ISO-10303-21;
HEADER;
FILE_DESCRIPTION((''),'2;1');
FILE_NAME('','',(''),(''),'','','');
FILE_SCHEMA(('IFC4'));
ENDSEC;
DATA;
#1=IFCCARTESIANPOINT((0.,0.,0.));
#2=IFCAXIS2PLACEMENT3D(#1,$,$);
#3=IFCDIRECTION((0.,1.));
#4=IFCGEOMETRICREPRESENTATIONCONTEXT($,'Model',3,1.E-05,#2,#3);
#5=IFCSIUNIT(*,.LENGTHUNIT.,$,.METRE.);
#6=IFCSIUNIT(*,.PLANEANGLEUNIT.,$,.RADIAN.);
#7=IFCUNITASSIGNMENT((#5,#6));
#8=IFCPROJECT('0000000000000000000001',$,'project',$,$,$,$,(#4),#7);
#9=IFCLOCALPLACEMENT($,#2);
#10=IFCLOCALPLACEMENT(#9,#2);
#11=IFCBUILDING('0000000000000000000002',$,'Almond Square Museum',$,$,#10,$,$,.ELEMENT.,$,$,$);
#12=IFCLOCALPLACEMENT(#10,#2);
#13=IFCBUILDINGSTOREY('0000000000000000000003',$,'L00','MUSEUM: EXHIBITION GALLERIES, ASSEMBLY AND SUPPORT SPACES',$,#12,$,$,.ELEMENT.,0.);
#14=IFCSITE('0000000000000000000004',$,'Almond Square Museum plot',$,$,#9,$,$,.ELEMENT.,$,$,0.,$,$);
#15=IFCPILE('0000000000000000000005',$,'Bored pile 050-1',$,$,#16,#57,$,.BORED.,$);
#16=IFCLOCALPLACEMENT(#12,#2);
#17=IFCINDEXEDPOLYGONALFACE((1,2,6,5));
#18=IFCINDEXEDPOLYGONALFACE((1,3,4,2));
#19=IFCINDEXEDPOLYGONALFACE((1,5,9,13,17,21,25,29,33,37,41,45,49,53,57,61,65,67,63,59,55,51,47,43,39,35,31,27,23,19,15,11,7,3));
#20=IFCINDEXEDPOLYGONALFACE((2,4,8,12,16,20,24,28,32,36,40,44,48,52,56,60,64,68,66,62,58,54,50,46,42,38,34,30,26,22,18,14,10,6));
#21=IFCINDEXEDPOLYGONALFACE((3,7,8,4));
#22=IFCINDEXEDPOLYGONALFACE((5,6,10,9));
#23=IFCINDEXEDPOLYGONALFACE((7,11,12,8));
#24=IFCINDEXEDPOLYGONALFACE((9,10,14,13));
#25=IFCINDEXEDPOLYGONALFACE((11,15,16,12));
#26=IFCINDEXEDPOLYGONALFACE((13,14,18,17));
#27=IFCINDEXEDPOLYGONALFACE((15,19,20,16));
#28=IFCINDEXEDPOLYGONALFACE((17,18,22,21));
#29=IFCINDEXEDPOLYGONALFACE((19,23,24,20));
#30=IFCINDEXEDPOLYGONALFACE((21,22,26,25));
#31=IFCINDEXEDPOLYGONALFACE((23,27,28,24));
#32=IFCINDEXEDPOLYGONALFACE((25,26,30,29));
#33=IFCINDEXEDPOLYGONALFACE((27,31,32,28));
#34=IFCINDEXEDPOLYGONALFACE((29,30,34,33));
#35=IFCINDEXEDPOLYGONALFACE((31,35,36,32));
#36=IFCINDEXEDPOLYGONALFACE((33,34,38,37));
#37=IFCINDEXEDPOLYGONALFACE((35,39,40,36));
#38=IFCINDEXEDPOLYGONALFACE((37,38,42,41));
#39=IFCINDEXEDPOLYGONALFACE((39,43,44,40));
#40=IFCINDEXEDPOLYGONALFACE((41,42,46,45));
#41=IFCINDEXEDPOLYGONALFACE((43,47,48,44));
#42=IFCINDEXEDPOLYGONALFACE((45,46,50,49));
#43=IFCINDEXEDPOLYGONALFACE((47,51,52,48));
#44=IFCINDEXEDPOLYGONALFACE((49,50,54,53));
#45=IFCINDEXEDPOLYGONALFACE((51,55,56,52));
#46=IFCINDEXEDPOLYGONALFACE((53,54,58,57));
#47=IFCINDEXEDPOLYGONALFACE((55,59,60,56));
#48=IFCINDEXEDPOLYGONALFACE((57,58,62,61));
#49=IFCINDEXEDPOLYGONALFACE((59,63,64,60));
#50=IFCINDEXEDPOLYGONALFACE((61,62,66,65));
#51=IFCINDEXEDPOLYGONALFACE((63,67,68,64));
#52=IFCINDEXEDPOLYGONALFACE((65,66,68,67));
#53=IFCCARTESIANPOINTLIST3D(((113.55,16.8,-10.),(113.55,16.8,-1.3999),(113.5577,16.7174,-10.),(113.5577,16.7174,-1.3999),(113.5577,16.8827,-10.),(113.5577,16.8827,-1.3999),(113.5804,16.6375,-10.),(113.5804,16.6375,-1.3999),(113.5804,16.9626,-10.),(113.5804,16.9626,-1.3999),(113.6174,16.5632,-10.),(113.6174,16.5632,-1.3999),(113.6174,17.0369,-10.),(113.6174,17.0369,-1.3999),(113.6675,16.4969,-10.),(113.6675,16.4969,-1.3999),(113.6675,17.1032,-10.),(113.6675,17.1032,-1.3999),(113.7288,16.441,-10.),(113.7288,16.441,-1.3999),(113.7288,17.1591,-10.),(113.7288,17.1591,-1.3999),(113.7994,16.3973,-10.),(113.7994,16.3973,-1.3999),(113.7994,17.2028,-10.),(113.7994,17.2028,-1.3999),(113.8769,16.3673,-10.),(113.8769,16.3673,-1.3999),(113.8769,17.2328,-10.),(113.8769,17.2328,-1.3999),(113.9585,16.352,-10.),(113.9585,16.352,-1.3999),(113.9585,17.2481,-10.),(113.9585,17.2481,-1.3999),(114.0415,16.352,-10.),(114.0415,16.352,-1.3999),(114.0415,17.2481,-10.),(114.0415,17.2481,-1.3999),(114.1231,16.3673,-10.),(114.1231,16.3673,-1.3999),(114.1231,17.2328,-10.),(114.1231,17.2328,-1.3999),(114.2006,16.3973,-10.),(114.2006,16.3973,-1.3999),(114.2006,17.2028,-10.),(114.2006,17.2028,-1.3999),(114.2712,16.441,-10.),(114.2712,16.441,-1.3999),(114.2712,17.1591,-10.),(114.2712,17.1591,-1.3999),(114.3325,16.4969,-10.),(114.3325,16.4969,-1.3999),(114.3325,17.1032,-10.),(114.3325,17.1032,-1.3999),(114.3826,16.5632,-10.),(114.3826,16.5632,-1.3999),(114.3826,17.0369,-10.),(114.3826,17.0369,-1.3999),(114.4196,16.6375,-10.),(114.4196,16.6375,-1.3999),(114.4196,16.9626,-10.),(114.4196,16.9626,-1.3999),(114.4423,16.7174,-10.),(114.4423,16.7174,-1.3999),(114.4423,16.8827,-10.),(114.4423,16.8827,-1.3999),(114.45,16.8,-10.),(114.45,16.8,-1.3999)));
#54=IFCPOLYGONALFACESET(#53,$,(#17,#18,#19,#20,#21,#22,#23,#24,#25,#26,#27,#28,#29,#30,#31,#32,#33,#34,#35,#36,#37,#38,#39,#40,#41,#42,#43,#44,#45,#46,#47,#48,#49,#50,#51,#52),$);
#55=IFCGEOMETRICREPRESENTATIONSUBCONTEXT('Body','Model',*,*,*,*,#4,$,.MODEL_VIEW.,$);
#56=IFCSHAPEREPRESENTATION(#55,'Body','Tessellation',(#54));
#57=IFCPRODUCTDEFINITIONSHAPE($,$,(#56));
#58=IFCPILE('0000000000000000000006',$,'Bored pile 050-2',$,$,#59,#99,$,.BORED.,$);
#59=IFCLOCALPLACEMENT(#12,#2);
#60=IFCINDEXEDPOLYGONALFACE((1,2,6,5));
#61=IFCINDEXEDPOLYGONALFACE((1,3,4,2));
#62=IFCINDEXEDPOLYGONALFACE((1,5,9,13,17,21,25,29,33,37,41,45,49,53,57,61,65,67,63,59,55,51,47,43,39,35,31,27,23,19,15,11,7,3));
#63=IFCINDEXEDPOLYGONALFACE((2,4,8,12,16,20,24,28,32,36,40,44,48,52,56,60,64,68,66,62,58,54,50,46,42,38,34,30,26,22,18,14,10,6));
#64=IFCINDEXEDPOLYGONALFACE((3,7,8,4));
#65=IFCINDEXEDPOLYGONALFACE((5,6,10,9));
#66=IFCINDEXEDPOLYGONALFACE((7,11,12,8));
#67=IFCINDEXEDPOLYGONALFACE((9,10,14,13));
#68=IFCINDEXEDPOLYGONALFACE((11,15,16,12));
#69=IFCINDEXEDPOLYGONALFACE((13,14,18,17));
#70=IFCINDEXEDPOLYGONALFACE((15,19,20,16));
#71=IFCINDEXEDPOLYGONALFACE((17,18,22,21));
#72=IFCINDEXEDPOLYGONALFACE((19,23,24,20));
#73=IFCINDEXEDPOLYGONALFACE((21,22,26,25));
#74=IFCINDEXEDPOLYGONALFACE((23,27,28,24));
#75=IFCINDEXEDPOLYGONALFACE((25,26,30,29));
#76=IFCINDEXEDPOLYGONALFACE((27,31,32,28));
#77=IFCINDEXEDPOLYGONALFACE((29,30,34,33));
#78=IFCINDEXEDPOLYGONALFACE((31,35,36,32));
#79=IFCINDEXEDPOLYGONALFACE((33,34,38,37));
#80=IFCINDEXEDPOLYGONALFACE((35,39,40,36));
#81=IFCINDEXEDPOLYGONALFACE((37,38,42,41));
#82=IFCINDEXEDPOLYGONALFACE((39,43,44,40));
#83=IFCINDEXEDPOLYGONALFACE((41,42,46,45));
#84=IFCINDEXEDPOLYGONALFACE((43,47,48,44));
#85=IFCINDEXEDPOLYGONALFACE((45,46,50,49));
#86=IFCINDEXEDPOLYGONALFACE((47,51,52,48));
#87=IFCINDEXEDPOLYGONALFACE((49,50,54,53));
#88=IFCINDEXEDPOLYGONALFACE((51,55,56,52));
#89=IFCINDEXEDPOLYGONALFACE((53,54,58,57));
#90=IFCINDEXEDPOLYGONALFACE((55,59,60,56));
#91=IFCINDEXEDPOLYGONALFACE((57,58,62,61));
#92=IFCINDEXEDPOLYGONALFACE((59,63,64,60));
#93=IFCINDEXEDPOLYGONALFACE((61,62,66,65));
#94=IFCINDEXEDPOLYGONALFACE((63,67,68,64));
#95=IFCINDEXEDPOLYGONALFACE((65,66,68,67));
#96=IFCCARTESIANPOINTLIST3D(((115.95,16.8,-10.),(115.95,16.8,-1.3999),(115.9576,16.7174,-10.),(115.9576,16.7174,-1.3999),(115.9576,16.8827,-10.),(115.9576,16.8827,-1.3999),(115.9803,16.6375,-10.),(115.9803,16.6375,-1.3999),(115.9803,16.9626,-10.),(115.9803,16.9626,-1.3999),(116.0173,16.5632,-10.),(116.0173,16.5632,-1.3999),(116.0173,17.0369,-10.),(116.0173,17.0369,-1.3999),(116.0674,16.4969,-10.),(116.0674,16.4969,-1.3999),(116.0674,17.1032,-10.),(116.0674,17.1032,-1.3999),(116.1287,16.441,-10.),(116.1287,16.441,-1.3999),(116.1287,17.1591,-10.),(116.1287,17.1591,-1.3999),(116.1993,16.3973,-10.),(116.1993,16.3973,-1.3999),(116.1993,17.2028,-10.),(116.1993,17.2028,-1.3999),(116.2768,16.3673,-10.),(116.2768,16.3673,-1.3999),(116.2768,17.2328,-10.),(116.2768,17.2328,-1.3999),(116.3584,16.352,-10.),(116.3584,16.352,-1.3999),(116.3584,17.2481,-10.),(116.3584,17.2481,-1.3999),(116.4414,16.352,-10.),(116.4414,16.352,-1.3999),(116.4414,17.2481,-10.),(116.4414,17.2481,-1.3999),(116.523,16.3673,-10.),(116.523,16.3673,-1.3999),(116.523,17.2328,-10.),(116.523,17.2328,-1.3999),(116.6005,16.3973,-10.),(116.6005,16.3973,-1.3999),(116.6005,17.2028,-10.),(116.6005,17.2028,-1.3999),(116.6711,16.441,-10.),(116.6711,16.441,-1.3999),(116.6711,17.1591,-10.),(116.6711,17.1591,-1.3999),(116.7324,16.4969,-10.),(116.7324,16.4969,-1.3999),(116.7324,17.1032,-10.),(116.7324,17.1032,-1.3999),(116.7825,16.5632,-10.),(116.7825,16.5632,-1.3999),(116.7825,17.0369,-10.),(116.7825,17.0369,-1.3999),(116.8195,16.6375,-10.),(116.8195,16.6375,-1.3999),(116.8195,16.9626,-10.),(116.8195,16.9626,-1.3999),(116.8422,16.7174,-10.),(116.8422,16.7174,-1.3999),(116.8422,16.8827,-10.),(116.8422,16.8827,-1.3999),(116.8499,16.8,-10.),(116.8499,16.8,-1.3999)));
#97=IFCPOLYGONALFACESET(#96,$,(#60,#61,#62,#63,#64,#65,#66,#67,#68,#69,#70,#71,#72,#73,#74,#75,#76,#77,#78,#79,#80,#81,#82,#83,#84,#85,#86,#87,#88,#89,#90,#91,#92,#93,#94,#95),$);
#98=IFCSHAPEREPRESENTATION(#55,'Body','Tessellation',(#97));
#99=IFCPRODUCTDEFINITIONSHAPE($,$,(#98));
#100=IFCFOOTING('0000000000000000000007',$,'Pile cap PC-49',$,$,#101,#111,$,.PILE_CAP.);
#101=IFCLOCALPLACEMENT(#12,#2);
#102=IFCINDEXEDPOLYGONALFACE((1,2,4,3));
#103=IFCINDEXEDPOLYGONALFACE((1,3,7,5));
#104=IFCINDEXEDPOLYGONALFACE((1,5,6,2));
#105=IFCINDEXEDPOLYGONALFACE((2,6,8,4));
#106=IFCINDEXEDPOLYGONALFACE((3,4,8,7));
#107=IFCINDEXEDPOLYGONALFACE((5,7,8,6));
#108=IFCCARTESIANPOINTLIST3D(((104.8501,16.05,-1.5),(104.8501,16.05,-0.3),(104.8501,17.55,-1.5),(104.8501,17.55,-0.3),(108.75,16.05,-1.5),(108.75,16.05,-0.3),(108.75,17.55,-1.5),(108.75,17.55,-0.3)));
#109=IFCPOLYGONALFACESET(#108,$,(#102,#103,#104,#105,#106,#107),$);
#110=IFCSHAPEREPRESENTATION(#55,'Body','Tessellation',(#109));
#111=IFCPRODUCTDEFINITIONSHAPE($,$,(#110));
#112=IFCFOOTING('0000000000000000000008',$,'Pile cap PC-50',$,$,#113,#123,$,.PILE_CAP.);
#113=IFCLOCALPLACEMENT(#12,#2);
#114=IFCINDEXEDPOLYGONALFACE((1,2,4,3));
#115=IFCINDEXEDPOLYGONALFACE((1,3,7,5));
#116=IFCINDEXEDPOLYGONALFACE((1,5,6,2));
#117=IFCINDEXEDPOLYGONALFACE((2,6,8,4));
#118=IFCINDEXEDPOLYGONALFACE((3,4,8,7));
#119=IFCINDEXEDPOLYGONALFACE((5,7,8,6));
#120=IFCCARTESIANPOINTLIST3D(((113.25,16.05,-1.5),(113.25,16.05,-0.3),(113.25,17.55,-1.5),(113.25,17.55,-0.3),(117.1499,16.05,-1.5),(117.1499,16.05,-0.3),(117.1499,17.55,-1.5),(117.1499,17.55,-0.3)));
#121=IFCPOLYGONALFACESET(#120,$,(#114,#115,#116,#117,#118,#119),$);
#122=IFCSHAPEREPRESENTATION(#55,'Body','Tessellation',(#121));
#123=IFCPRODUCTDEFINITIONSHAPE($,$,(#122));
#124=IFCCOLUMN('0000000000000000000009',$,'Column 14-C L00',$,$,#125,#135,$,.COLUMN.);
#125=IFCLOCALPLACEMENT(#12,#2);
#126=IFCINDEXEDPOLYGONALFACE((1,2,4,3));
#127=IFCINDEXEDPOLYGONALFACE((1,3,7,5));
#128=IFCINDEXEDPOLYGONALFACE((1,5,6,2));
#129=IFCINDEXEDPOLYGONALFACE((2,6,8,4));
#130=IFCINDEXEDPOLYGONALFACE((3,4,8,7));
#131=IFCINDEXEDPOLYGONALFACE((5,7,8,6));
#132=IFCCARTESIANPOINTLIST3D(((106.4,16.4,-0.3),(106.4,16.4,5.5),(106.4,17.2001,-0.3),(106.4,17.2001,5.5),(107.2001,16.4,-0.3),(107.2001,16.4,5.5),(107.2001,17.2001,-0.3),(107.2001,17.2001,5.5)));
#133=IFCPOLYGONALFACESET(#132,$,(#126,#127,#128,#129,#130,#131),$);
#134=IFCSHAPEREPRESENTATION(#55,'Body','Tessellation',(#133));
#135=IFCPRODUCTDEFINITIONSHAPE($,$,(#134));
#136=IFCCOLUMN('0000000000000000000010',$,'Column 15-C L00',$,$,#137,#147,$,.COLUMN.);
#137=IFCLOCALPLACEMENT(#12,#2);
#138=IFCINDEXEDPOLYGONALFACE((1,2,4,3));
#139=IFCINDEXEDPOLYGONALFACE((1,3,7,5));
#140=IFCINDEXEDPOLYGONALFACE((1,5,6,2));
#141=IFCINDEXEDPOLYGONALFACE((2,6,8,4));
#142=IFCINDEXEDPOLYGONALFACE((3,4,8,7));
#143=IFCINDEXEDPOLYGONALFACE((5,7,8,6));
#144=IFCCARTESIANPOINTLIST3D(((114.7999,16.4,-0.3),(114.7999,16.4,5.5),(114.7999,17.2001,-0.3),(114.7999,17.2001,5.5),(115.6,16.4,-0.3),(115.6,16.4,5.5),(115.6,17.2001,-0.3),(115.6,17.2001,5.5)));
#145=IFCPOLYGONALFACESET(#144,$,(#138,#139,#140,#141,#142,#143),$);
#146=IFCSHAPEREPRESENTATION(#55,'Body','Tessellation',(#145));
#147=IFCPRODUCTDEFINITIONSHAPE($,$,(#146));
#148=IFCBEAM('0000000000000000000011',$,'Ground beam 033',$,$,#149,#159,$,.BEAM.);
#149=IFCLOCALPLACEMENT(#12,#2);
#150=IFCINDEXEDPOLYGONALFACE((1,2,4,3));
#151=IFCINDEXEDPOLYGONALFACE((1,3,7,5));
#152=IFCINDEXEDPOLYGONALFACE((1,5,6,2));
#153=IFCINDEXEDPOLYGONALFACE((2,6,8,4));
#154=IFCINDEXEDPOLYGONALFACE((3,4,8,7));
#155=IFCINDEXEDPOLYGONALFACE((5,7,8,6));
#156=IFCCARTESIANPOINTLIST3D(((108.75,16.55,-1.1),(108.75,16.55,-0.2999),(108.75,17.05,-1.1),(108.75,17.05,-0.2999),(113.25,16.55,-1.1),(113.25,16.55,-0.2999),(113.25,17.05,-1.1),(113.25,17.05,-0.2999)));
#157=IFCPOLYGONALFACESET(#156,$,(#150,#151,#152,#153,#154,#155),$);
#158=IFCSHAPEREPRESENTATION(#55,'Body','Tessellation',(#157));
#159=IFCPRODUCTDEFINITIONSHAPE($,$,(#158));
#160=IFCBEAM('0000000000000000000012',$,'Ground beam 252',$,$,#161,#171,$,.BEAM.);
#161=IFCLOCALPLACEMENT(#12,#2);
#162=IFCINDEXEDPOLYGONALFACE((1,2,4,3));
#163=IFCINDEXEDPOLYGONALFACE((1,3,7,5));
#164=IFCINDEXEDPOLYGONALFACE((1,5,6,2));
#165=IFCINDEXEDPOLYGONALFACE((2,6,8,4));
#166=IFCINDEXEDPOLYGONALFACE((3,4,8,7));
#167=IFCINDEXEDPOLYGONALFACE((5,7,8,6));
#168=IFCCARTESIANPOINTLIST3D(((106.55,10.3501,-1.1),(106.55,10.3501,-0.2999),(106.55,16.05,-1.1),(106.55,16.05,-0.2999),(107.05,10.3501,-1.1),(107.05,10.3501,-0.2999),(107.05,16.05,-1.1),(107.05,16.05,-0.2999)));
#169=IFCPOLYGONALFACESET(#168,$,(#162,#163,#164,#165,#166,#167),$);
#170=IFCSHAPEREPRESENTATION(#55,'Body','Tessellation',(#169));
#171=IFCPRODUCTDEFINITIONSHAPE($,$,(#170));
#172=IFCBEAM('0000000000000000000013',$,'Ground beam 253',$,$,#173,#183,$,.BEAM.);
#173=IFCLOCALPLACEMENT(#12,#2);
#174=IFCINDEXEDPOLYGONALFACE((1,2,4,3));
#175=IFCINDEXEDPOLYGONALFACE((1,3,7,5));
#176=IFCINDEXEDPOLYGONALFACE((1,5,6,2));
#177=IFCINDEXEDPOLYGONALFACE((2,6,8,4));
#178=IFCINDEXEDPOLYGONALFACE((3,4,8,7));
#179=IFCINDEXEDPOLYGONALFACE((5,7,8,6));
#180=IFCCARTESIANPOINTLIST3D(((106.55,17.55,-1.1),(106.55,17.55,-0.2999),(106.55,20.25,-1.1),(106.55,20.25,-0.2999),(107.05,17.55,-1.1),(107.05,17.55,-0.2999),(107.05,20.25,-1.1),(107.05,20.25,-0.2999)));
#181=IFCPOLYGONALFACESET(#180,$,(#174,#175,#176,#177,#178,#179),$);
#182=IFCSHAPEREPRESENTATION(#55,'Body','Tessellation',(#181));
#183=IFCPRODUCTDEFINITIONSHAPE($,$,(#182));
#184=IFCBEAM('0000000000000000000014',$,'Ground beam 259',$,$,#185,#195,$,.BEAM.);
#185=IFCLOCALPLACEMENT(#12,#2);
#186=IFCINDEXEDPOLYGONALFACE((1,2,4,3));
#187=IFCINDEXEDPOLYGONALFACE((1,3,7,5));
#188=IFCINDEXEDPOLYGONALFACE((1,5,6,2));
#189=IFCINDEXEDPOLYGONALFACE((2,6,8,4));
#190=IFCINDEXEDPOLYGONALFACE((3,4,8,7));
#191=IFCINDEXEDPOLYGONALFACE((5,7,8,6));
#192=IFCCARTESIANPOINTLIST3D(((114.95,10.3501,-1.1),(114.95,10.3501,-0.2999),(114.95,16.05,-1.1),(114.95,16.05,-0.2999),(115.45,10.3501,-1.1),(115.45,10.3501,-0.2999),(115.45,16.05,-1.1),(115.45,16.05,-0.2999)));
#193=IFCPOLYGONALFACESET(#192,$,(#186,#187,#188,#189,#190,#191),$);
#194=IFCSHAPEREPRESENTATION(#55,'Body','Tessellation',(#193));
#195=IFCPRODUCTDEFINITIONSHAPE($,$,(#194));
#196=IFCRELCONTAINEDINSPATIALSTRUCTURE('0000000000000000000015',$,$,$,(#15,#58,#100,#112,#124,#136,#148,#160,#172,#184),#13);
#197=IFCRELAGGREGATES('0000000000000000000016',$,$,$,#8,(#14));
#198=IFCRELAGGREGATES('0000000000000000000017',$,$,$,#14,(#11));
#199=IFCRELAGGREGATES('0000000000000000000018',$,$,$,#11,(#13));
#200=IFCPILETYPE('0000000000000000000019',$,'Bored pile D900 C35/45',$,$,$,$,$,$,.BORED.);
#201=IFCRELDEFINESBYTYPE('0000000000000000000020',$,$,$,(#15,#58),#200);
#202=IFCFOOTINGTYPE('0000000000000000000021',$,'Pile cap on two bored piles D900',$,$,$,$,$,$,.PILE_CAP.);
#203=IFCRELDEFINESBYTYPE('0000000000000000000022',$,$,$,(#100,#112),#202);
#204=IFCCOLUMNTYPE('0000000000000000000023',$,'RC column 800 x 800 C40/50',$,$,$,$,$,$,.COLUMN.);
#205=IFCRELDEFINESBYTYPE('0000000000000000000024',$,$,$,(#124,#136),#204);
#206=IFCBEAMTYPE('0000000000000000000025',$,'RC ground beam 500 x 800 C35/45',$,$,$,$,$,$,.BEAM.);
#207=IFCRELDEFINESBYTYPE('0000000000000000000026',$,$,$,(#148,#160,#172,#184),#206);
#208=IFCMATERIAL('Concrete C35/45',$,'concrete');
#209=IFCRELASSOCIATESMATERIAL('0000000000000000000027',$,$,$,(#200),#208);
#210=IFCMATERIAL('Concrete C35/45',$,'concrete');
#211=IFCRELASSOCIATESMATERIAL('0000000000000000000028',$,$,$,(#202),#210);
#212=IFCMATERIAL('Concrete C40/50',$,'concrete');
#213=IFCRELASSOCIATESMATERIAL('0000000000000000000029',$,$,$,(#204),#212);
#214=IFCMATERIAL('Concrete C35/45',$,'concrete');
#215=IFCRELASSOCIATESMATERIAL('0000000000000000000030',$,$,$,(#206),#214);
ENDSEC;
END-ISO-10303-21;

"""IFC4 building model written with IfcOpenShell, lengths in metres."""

from ifc_helpers import new_model, si_unit, direction, frame, origin, origin_2d, place, context, subcontext, project, spatial, rectangle, circle, extrude, material, material_profile, profile_set, type_object, element, save


model = new_model("IFC4")

# Units and contexts
model_context = context("Model", 3, precision=1e-05, world=origin(), true_north=direction((0.0, 1.0)))
body_context = subcontext(model_context, "Body", "Model", "MODEL_VIEW")
ifc_project = project(units=[si_unit("LENGTHUNIT", "METRE"), si_unit("PLANEANGLEUNIT", "RADIAN")], contexts=[model_context])

# Site, building, storey
site_placement = place(None, origin())
site = spatial("IfcSite", under=ifc_project, at=site_placement, Name="Almond Square Museum plot", CompositionType="ELEMENT", RefElevation=0.0)
building_placement = place(site_placement, origin())
building = spatial("IfcBuilding", under=site, at=building_placement, Name="Almond Square Museum", CompositionType="ELEMENT")
storey_placement = place(building_placement, origin())
storey = spatial("IfcBuildingStorey", under=building, at=storey_placement, Name="L00", Description="MUSEUM: EXHIBITION GALLERIES, ASSEMBLY AND SUPPORT SPACES", CompositionType="ELEMENT", Elevation=0.0)

# Piles
ifc_material_1 = material(Name="Concrete C35/45", Category="concrete")
ifc_material_profile_1 = material_profile(ifc_material_1, circle(Radius=0.45, at=origin_2d()))
ifc_profile_set_1 = profile_set([ifc_material_profile_1], Name="Concrete C35/45")
pile_type = type_object("IfcPileType", Name="Bored pile D900 C35/45", PredefinedType="BORED", material=ifc_profile_set_1)
for number, where, z_axis, x_axis, name in (
    (1, (114.0, 16.8, -1.3999), (0.0, 0.0, -1.0), (1.0, 0.0, 0.0), "Bored pile 050-1"),
    (2, (116.3999, 16.8, -1.3999), (0.0, 0.0, -1.0), (1.0, 0.0, 0.0), "Bored pile 050-2"),
):
    element("IfcPile", number, at=place(storey_placement, frame(where, z_axis=z_axis, x_axis=x_axis)), inside=storey, type_object=pile_type, Name=name, PredefinedType="BORED", context=body_context, shape_type="SweptSolid", body=[
        extrude(circle(Radius=0.45, at=origin_2d()), origin(), (0.0, 0.0, 1.0), 8.6001),
    ])

# Footings
ifc_material_2 = material(Name="Concrete C35/45", Category="concrete")
footing_type = type_object("IfcFootingType", Name="Pile cap on two bored piles D900", PredefinedType="PILE_CAP", material=ifc_material_2)
for number, where, z_axis, x_axis, name in (
    (3, (106.8, 16.8, -1.5), (0.0, 0.0, 1.0), (1.0, 0.0, 0.0), "Pile cap PC-49"),
    (4, (115.2, 16.8, -1.5), (0.0, 0.0, 1.0), (1.0, 0.0, 0.0), "Pile cap PC-50"),
):
    element("IfcFooting", number, at=place(storey_placement, frame(where, z_axis=z_axis, x_axis=x_axis)), inside=storey, type_object=footing_type, Name=name, PredefinedType="PILE_CAP", context=body_context, shape_type="SweptSolid", body=[
        extrude(rectangle(XDim=3.8999, YDim=1.5, at=origin_2d()), origin(), (0.0, 0.0, 1.0), 1.2),
    ])

# Columns
ifc_material_3 = material(Name="Concrete C40/50", Category="concrete")
ifc_material_profile_2 = material_profile(ifc_material_3, rectangle(XDim=0.8, YDim=0.8, at=origin_2d()))
ifc_profile_set_2 = profile_set([ifc_material_profile_2], Name="Concrete C40/50")
column_type = type_object("IfcColumnType", Name="RC column 800 x 800 C40/50", PredefinedType="COLUMN", material=ifc_profile_set_2)
for number, where, z_axis, x_axis, name in (
    (5, (106.8, 16.8, -0.3), (0.0, 0.0, 1.0), (1.0, 0.0, 0.0), "Column 14-C L00"),
    (6, (115.2, 16.8, -0.3), (0.0, 0.0, 1.0), (1.0, 0.0, 0.0), "Column 15-C L00"),
):
    element("IfcColumn", number, at=place(storey_placement, frame(where, z_axis=z_axis, x_axis=x_axis)), inside=storey, type_object=column_type, Name=name, PredefinedType="COLUMN", context=body_context, shape_type="SweptSolid", body=[
        extrude(rectangle(XDim=0.8, YDim=0.8, at=origin_2d()), origin(), (0.0, 0.0, 1.0), 5.8),
    ])

# Beams
ifc_material_4 = material(Name="Concrete C35/45", Category="concrete")
ifc_material_profile_3 = material_profile(ifc_material_4, rectangle(XDim=0.5, YDim=0.8, at=origin_2d()))
ifc_profile_set_3 = profile_set([ifc_material_profile_3], Name="Concrete C35/45")
beam_type = type_object("IfcBeamType", Name="RC ground beam 500 x 800 C35/45", PredefinedType="BEAM", material=ifc_profile_set_3)
beam_1_placement = place(storey_placement, frame((108.75, 16.8, -0.7), z_axis=(1.0, 0.0, 0.0), x_axis=(0.0, 1.0, 0.0)))
element("IfcBeam", 7, at=beam_1_placement, inside=storey, type_object=beam_type, Name="Ground beam 033", PredefinedType="BEAM", context=body_context, shape_type="SweptSolid", body=[
    extrude(rectangle(XDim=0.5, YDim=0.8, at=origin_2d()), origin(), (0.0, 0.0, 1.0), 4.5),
])
beam_2_placement = place(storey_placement, frame((106.8, 10.3501, -0.7), z_axis=(0.0, 1.0, 0.0), x_axis=(-1.0, 0.0, 0.0)))
element("IfcBeam", 8, at=beam_2_placement, inside=storey, type_object=beam_type, Name="Ground beam 252", PredefinedType="BEAM", context=body_context, shape_type="SweptSolid", body=[
    extrude(rectangle(XDim=0.5, YDim=0.8, at=origin_2d()), origin(), (0.0, 0.0, 1.0), 5.7),
])
beam_3_placement = place(storey_placement, frame((106.8, 17.55, -0.7), z_axis=(0.0, 1.0, 0.0), x_axis=(-1.0, 0.0, 0.0)))
element("IfcBeam", 9, at=beam_3_placement, inside=storey, type_object=beam_type, Name="Ground beam 253", PredefinedType="BEAM", context=body_context, shape_type="SweptSolid", body=[
    extrude(rectangle(XDim=0.5, YDim=0.8, at=origin_2d()), origin(), (0.0, 0.0, 1.0), 2.7),
])
beam_4_placement = place(storey_placement, frame((115.2, 10.3501, -0.7), z_axis=(0.0, 1.0, 0.0), x_axis=(-1.0, 0.0, 0.0)))
element("IfcBeam", 10, at=beam_4_placement, inside=storey, type_object=beam_type, Name="Ground beam 259", PredefinedType="BEAM", context=body_context, shape_type="SweptSolid", body=[
    extrude(rectangle(XDim=0.5, YDim=0.8, at=origin_2d()), origin(), (0.0, 0.0, 1.0), 5.7),
])

save(model, "model.ifc")
